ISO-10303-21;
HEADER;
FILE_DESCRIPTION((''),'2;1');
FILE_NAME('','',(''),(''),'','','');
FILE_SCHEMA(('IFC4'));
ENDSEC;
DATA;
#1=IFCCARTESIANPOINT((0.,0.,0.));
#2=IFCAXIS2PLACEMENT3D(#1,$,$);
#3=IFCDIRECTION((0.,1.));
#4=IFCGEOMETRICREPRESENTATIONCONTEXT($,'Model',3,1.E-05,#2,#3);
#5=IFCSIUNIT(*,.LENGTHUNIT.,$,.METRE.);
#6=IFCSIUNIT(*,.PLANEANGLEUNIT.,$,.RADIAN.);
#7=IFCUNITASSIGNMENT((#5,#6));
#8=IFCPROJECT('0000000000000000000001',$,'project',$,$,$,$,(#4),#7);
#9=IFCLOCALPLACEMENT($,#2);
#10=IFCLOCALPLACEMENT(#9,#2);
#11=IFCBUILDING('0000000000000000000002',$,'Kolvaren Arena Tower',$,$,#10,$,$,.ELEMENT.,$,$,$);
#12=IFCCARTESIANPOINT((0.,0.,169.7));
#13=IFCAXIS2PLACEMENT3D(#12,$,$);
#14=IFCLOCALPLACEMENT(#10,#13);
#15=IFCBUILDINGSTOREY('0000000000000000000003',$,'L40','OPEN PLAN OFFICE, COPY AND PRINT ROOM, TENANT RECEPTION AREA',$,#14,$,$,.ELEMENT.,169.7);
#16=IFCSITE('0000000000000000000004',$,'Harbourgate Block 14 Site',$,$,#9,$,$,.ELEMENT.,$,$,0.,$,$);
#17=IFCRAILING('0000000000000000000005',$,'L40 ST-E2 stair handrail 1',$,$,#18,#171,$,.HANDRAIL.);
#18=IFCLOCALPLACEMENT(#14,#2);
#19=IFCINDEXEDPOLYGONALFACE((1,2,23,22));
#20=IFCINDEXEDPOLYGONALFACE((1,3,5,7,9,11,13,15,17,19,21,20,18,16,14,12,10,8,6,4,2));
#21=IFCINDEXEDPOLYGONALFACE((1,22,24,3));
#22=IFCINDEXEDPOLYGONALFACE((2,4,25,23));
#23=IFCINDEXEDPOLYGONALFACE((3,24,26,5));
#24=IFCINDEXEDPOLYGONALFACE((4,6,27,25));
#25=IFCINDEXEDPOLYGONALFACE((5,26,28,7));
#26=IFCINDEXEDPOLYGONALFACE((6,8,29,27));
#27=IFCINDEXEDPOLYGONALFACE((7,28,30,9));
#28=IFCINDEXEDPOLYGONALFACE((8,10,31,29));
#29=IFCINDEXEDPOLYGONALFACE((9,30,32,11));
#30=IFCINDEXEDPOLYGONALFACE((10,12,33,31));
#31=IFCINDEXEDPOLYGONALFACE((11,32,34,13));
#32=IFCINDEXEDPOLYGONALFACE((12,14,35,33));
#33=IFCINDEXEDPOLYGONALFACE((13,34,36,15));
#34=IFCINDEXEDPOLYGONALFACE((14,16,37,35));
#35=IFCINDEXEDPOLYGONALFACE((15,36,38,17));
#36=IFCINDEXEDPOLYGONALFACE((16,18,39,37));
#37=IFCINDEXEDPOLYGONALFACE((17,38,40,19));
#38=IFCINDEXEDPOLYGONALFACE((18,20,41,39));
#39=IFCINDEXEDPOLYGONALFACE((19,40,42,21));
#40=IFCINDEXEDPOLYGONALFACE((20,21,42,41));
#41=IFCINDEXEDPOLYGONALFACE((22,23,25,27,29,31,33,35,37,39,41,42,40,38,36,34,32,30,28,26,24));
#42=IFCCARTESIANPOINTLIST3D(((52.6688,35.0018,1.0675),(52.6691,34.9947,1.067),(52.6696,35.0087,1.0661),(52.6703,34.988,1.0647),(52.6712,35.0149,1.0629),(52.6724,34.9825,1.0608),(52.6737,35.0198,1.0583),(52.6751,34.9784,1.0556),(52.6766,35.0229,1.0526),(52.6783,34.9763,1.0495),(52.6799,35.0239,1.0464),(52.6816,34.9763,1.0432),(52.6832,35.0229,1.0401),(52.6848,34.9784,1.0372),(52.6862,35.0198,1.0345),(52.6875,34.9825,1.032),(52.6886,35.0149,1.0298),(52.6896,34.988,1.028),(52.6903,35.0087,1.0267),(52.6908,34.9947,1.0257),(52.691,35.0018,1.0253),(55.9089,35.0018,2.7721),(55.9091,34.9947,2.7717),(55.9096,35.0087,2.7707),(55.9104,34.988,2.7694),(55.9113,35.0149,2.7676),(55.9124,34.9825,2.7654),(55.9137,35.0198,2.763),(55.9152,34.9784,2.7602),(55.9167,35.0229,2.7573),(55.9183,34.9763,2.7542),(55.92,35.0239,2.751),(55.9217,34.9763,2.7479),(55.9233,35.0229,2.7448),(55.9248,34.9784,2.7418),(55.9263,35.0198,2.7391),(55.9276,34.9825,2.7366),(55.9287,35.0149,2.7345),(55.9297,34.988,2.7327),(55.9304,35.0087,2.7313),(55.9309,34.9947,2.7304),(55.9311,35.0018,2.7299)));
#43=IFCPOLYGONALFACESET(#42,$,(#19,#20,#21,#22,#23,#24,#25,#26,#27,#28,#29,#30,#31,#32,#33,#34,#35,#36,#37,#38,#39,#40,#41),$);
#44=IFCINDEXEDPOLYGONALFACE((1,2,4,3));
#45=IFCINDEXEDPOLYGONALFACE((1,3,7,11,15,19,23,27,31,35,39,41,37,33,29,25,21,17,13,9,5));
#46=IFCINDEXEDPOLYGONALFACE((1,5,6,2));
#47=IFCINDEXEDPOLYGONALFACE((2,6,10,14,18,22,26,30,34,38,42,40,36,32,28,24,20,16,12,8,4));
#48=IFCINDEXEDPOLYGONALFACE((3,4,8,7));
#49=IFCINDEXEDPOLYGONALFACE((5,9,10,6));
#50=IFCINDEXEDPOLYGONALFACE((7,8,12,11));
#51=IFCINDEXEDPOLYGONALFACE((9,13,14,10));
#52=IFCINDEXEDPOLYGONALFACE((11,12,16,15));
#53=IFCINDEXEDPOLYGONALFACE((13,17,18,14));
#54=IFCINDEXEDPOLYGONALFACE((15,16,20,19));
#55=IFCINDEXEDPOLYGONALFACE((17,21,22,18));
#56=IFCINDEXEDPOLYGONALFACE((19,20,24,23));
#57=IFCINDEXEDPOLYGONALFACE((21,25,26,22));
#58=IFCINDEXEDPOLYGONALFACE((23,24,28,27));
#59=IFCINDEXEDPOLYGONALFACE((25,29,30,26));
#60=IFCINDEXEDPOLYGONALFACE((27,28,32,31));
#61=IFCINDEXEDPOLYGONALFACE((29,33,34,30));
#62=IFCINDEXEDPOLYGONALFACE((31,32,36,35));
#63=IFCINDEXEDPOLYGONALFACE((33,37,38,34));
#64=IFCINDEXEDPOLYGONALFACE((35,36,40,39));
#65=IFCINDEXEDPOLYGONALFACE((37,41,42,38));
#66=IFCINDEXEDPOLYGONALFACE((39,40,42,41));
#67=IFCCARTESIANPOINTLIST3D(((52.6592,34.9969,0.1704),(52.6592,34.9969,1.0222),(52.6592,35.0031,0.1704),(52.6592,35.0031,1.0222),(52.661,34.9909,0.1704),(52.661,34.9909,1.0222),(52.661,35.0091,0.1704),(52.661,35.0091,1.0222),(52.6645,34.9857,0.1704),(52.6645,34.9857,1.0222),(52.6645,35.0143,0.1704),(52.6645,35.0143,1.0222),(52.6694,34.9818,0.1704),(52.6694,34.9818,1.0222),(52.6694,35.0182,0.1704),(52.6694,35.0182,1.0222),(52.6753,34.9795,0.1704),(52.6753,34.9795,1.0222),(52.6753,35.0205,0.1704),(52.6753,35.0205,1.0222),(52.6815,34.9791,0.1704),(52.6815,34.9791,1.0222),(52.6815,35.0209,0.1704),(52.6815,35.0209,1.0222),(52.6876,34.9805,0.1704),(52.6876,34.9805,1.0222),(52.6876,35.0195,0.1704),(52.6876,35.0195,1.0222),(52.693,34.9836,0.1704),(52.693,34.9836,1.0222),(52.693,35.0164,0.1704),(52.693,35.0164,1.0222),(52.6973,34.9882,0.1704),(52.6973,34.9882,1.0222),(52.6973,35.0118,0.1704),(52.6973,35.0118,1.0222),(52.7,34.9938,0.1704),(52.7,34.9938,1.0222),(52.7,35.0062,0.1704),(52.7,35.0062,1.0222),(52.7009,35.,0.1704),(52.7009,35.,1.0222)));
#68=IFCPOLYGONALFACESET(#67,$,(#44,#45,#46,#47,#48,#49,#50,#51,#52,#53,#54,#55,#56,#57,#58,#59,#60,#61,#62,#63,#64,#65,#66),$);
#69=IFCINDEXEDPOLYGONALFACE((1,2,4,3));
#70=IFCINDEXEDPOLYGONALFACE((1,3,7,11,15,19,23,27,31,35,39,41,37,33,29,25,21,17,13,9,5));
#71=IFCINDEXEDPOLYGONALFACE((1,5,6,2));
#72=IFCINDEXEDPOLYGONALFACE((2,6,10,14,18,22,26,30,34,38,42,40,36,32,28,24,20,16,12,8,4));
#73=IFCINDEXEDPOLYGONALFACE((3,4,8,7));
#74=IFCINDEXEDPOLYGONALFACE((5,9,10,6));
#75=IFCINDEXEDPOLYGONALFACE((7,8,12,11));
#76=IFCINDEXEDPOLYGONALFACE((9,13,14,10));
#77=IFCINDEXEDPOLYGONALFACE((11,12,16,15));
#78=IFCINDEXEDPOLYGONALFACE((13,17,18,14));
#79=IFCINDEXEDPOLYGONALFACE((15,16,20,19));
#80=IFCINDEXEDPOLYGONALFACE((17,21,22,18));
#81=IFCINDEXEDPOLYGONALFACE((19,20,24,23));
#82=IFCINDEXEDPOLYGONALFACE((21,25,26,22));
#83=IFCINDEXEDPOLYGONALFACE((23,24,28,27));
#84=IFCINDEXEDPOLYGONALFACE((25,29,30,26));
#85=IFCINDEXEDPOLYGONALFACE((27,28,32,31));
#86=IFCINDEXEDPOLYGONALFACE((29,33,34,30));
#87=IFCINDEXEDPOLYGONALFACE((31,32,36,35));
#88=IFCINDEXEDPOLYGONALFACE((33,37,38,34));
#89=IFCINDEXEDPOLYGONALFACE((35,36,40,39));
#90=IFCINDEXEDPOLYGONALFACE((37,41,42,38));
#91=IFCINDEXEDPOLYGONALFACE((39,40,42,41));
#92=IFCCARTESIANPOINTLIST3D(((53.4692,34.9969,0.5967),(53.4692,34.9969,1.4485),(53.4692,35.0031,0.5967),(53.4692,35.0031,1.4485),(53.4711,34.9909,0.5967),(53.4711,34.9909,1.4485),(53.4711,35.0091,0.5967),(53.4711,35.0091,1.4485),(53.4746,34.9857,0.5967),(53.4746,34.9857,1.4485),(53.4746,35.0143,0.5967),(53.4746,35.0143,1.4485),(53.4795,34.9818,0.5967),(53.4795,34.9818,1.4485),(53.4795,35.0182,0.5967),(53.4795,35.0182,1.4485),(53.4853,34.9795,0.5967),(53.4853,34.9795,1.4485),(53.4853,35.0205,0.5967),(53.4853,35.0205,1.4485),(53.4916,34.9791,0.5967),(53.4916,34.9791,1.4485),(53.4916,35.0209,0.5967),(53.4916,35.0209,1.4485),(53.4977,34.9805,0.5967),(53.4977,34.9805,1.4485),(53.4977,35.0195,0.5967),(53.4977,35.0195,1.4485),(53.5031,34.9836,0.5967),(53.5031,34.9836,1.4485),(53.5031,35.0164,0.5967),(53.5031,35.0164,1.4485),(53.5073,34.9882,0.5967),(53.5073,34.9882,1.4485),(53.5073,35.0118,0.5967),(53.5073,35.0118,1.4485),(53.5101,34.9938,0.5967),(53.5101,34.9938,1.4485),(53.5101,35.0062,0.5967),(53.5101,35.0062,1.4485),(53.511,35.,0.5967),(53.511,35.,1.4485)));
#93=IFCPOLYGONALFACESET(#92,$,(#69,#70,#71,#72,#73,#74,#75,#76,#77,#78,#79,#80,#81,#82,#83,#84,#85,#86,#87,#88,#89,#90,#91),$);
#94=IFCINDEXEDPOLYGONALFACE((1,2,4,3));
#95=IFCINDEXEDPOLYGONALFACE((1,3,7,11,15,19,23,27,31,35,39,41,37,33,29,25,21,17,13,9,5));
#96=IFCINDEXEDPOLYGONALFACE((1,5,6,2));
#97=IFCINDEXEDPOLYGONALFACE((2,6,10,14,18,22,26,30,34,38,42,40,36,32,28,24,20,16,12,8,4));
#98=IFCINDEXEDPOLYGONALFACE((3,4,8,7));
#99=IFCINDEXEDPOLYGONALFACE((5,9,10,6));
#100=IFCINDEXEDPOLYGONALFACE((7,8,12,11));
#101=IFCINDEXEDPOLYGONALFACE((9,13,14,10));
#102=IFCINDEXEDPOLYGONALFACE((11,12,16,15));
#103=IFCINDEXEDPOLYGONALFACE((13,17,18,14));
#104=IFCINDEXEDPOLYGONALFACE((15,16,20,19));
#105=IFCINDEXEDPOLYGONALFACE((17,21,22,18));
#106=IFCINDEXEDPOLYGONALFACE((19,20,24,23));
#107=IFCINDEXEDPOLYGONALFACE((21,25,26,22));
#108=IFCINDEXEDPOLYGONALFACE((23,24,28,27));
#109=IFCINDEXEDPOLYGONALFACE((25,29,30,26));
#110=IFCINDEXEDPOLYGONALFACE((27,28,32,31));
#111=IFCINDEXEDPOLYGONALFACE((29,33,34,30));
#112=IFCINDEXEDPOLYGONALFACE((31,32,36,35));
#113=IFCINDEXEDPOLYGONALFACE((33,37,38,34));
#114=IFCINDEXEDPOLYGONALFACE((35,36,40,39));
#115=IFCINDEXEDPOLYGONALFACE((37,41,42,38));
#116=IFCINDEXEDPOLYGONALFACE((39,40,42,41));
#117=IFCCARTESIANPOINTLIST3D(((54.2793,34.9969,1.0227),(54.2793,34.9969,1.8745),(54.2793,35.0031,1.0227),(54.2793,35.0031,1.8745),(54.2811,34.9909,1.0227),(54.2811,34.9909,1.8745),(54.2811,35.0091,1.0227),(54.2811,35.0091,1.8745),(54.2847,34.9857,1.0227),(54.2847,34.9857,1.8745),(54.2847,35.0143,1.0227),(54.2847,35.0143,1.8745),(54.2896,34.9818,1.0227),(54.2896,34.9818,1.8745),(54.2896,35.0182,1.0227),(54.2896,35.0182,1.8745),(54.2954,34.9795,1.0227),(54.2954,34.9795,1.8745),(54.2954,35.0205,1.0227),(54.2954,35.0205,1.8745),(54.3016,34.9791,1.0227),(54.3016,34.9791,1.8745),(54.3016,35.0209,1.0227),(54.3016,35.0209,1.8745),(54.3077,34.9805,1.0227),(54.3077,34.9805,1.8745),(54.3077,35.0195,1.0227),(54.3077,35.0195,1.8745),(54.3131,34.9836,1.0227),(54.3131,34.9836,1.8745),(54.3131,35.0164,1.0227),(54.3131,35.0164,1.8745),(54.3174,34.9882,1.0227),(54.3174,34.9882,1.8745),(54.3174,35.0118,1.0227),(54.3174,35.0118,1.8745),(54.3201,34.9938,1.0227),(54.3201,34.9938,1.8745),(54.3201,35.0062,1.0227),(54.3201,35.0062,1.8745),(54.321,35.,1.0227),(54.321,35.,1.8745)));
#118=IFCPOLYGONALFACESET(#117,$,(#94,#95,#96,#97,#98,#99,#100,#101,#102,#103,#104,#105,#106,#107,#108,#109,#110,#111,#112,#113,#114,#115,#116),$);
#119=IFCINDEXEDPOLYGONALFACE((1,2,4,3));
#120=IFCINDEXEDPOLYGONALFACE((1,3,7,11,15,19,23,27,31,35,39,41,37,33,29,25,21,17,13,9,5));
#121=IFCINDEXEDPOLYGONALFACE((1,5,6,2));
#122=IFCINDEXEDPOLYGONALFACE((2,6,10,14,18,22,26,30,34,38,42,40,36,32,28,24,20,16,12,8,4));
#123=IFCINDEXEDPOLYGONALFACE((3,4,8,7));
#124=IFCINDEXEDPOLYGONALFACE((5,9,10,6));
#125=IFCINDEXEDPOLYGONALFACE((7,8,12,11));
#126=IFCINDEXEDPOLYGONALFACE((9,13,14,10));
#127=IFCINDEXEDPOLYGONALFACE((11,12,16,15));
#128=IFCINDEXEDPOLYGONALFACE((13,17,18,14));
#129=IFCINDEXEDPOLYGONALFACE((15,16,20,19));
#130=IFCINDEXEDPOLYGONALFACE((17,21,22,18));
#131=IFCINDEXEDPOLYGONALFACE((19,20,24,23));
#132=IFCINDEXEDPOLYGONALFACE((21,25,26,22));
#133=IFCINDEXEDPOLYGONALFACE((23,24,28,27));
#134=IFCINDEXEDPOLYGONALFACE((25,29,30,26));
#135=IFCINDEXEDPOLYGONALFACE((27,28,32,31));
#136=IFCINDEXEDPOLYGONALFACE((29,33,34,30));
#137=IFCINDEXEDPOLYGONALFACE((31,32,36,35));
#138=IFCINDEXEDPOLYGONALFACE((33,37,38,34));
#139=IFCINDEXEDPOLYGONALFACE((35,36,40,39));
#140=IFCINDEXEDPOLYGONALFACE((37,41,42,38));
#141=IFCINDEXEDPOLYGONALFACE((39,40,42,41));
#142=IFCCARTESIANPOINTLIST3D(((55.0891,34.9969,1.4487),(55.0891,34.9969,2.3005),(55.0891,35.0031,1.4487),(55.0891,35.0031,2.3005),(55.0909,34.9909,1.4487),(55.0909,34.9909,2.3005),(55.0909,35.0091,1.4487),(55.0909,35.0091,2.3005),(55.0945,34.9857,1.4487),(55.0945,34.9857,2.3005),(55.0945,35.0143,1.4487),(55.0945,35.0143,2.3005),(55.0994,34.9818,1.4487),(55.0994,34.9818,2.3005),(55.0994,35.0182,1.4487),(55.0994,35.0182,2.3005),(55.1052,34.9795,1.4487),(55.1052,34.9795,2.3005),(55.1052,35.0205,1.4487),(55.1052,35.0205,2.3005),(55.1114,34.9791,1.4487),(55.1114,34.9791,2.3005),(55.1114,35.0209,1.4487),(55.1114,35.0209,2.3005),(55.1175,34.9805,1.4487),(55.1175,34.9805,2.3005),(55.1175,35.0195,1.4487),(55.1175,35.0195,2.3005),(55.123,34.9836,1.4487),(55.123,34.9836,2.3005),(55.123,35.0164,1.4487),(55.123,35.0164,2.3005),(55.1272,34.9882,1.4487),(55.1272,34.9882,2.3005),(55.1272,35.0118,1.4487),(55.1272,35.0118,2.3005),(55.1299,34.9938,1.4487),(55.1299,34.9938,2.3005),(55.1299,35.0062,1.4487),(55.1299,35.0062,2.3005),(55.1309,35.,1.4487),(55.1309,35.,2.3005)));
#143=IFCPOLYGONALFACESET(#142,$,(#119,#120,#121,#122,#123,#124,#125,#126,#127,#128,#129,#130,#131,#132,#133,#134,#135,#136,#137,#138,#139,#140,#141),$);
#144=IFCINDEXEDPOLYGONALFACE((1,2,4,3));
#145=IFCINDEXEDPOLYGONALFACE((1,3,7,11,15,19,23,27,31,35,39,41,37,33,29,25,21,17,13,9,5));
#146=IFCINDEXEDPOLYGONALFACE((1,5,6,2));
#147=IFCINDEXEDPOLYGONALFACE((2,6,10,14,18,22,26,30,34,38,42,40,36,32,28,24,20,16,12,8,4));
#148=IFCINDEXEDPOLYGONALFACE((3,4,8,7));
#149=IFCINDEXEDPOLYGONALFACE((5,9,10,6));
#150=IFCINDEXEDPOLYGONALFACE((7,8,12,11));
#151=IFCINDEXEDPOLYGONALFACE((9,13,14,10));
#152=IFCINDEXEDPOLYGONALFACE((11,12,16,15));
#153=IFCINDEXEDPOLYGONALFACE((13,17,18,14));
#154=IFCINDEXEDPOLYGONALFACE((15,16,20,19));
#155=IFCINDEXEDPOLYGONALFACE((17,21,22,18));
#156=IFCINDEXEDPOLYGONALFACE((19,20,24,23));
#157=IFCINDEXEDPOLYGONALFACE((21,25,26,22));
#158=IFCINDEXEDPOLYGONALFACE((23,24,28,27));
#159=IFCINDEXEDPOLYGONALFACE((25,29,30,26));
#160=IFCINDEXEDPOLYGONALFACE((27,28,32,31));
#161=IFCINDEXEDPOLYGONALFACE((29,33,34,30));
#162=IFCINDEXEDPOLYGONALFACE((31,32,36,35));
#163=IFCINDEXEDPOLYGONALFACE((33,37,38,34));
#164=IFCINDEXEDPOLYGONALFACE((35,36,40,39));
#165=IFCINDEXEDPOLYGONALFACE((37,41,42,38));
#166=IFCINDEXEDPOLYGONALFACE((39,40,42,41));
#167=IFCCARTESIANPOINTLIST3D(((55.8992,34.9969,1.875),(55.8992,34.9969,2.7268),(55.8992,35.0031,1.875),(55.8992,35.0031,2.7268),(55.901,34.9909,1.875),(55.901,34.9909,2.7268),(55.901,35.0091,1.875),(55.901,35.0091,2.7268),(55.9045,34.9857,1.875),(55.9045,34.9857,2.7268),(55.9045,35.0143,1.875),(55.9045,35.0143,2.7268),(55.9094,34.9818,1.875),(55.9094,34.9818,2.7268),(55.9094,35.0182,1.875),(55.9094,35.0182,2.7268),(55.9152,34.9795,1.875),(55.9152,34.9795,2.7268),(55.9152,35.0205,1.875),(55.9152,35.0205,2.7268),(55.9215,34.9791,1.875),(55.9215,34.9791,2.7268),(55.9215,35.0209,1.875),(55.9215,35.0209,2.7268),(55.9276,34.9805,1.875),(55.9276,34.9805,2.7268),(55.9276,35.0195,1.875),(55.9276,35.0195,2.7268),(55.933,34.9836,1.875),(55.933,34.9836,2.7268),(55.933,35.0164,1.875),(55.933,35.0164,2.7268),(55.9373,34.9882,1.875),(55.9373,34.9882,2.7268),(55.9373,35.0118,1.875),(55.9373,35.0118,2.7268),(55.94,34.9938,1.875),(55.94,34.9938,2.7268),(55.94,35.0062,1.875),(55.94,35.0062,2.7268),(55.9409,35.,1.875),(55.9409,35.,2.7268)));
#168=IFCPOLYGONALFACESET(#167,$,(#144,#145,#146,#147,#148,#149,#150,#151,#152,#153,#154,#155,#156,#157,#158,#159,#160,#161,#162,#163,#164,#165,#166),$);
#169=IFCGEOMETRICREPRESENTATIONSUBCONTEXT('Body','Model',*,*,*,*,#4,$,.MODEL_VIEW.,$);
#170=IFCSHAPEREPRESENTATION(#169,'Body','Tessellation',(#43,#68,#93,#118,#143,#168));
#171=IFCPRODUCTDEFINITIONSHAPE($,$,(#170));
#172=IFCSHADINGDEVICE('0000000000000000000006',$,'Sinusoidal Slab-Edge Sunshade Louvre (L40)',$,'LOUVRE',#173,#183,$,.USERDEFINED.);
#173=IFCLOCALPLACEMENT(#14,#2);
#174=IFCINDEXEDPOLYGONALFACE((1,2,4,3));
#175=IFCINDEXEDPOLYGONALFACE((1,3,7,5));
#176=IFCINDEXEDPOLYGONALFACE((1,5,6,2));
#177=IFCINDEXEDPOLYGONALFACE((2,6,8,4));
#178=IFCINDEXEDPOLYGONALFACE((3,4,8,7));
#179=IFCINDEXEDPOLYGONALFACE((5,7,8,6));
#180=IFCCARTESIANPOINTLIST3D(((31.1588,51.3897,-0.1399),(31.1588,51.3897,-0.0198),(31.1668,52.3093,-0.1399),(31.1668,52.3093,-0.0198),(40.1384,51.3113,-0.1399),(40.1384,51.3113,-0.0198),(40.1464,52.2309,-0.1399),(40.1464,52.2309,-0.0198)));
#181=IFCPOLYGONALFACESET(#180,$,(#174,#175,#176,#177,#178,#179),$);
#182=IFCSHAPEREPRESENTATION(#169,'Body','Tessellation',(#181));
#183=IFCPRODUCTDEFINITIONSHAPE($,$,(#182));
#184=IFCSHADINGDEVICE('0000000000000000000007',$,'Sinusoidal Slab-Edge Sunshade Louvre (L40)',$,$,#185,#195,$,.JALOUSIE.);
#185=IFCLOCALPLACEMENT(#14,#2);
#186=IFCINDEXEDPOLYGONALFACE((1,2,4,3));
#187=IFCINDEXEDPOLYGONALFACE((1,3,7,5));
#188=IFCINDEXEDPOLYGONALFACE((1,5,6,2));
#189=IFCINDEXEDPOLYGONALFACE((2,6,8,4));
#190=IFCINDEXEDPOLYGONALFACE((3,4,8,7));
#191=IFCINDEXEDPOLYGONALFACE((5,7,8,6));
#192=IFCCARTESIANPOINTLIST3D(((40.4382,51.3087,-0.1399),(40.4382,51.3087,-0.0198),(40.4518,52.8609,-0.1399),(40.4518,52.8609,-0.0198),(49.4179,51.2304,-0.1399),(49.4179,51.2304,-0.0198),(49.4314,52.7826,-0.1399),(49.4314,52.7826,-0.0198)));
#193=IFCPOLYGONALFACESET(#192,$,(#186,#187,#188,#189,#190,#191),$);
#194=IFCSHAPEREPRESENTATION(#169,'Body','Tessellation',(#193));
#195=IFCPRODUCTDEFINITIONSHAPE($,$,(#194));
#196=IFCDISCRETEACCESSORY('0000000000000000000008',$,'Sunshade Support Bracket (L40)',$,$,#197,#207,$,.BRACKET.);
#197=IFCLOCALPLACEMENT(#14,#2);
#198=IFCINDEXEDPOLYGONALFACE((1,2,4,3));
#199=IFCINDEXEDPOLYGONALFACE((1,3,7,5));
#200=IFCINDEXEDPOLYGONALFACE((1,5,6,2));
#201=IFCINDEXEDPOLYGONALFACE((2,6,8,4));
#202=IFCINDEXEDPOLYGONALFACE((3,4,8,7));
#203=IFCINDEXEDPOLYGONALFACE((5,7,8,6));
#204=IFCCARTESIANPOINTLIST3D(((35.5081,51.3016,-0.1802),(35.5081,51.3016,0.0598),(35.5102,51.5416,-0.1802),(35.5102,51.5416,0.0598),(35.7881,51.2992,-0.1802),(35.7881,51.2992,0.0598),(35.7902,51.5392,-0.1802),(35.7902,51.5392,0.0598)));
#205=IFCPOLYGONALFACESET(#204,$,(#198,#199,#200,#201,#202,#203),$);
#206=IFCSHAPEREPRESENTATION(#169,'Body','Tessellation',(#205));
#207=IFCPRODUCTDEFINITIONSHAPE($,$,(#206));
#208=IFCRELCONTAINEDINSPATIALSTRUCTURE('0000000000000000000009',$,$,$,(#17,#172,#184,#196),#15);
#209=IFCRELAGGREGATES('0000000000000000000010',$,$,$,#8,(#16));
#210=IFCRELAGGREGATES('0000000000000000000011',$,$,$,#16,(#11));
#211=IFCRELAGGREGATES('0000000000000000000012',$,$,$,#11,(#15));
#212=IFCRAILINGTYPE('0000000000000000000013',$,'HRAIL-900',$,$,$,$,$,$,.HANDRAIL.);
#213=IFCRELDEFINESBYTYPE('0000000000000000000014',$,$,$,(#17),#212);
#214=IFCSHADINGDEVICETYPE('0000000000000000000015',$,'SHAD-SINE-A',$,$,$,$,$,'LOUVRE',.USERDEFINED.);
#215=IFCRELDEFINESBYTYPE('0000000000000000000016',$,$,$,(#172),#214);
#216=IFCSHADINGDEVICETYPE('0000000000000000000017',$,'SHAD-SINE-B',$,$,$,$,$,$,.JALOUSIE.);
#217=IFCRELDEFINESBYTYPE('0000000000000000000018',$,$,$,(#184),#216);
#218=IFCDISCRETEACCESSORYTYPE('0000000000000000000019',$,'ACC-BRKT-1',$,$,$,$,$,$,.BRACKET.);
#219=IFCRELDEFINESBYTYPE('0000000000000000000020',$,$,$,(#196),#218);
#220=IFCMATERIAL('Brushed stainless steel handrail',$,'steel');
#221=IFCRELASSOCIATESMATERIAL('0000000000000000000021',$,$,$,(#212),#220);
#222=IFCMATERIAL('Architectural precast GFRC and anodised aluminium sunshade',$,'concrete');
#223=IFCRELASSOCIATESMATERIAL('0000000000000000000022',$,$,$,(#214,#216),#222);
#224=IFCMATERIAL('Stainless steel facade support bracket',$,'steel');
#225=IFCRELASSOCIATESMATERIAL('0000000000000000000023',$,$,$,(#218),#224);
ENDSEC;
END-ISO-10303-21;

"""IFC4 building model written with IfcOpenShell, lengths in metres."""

from ifc_helpers import new_model, si_unit, direction, frame, origin, origin_2d, place, context, subcontext, project, spatial, rectangle, circle, extrude, material, type_object, element, save


model = new_model("IFC4")

# Units and contexts
model_context = context("Model", 3, precision=1e-05, world=origin(), true_north=direction((0.0, 1.0)))
body_context = subcontext(model_context, "Body", "Model", "MODEL_VIEW")
ifc_project = project(units=[si_unit("LENGTHUNIT", "METRE"), si_unit("PLANEANGLEUNIT", "RADIAN")], contexts=[model_context])

# Site, building, storey
site_placement = place(None, origin())
site = spatial("IfcSite", under=ifc_project, at=site_placement, Name="Harbourgate Block 14 Site", CompositionType="ELEMENT", RefElevation=0.0)
building_placement = place(site_placement, origin())
building = spatial("IfcBuilding", under=site, at=building_placement, Name="Kolvaren Arena Tower", CompositionType="ELEMENT")
storey_placement = place(building_placement, frame((0.0, 0.0, 169.7)))
storey = spatial("IfcBuildingStorey", under=building, at=storey_placement, Name="L40", Description="OPEN PLAN OFFICE, COPY AND PRINT ROOM, TENANT RECEPTION AREA", CompositionType="ELEMENT", Elevation=169.7)

# Railing
ifc_material_1 = material(Name="Brushed stainless steel handrail", Category="steel")
railing_type_1 = type_object("IfcRailingType", Name="HRAIL-900", PredefinedType="HANDRAIL", material=ifc_material_1)
railing_1_placement = place(storey_placement, frame((52.6799, 35.0, 0.1704)))
element("IfcRailing", 1, at=railing_1_placement, inside=storey, type_object=railing_type_1, Name="L40 ST-E2 stair handrail 1", PredefinedType="HANDRAIL", context=body_context, shape_type="SweptSolid", body=[
    extrude(circle(Radius=0.0239, at=origin_2d()), frame((0.0, 0.0, 0.876), z_axis=(0.884993, 0.0, 0.465604), x_axis=(0.0, 1.0, 0.0)), (0.0, 0.0, 1.0), 3.6611),
    extrude(circle(Radius=0.021, at=origin_2d()), origin(), (0.0, 0.0, 1.0), 0.8518),
    extrude(circle(Radius=0.021, at=origin_2d()), frame((0.8101, 0.0, 0.4263)), (0.0, 0.0, 1.0), 0.8518),
    extrude(circle(Radius=0.021, at=origin_2d()), frame((1.6201, 0.0, 0.8523)), (0.0, 0.0, 1.0), 0.8518),
    extrude(circle(Radius=0.021, at=origin_2d()), frame((2.4299, 0.0, 1.2783)), (0.0, 0.0, 1.0), 0.8518),
    extrude(circle(Radius=0.021, at=origin_2d()), frame((3.24, 0.0, 1.7046)), (0.0, 0.0, 1.0), 0.8518),
])

# Shading devices
ifc_material_2 = material(Name="Architectural precast GFRC and anodised aluminium sunshade", Category="concrete")
shading_device_type_1 = type_object("IfcShadingDeviceType", Name="SHAD-SINE-A", ElementType="LOUVRE", PredefinedType="USERDEFINED", material=ifc_material_2)
shading_device_1_placement = place(storey_placement, frame((35.6526, 51.8103, -0.1399), z_axis=(0.0, 0.0, 1.0), x_axis=(0.999962, -0.008727, 0.0)))
element("IfcShadingDevice", 2, at=shading_device_1_placement, inside=storey, type_object=shading_device_type_1, Name="Sinusoidal Slab-Edge Sunshade Louvre (L40)", ObjectType="LOUVRE", PredefinedType="USERDEFINED", context=body_context, shape_type="SweptSolid", body=[
    extrude(rectangle(XDim=8.98, YDim=0.9197, at=origin_2d()), origin(), (0.0, 0.0, 1.0), 0.1201),
])
shading_device_type_2 = type_object("IfcShadingDeviceType", Name="SHAD-SINE-B", PredefinedType="JALOUSIE", material=ifc_material_2)
shading_device_2_placement = place(storey_placement, frame((44.9348, 52.0457, -0.1399), z_axis=(0.0, 0.0, 1.0), x_axis=(0.999962, -0.008727, 0.0)))
element("IfcShadingDevice", 3, at=shading_device_2_placement, inside=storey, type_object=shading_device_type_2, Name="Sinusoidal Slab-Edge Sunshade Louvre (L40)", PredefinedType="JALOUSIE", context=body_context, shape_type="SweptSolid", body=[
    extrude(rectangle(XDim=8.98, YDim=1.5522, at=origin_2d()), origin(), (0.0, 0.0, 1.0), 0.1201),
])

# Discrete accessory
ifc_material_3 = material(Name="Stainless steel facade support bracket", Category="steel")
discrete_accessory_type = type_object("IfcDiscreteAccessoryType", Name="ACC-BRKT-1", PredefinedType="BRACKET", material=ifc_material_3)
for number, where, z_axis, x_axis, name in (
    (4, (35.6492, 51.4204, -0.1802), (0.0, 0.0, 1.0), (0.999962, -0.008727, 0.0), "Sunshade Support Bracket (L40)"),
):
    element("IfcDiscreteAccessory", number, at=place(storey_placement, frame(where, z_axis=z_axis, x_axis=x_axis)), inside=storey, type_object=discrete_accessory_type, Name=name, PredefinedType="BRACKET", context=body_context, shape_type="SweptSolid", body=[
        extrude(rectangle(XDim=0.28, YDim=0.24, at=origin_2d()), origin(), (0.0, 0.0, 1.0), 0.24),
    ])

save(model, "model.ifc")
